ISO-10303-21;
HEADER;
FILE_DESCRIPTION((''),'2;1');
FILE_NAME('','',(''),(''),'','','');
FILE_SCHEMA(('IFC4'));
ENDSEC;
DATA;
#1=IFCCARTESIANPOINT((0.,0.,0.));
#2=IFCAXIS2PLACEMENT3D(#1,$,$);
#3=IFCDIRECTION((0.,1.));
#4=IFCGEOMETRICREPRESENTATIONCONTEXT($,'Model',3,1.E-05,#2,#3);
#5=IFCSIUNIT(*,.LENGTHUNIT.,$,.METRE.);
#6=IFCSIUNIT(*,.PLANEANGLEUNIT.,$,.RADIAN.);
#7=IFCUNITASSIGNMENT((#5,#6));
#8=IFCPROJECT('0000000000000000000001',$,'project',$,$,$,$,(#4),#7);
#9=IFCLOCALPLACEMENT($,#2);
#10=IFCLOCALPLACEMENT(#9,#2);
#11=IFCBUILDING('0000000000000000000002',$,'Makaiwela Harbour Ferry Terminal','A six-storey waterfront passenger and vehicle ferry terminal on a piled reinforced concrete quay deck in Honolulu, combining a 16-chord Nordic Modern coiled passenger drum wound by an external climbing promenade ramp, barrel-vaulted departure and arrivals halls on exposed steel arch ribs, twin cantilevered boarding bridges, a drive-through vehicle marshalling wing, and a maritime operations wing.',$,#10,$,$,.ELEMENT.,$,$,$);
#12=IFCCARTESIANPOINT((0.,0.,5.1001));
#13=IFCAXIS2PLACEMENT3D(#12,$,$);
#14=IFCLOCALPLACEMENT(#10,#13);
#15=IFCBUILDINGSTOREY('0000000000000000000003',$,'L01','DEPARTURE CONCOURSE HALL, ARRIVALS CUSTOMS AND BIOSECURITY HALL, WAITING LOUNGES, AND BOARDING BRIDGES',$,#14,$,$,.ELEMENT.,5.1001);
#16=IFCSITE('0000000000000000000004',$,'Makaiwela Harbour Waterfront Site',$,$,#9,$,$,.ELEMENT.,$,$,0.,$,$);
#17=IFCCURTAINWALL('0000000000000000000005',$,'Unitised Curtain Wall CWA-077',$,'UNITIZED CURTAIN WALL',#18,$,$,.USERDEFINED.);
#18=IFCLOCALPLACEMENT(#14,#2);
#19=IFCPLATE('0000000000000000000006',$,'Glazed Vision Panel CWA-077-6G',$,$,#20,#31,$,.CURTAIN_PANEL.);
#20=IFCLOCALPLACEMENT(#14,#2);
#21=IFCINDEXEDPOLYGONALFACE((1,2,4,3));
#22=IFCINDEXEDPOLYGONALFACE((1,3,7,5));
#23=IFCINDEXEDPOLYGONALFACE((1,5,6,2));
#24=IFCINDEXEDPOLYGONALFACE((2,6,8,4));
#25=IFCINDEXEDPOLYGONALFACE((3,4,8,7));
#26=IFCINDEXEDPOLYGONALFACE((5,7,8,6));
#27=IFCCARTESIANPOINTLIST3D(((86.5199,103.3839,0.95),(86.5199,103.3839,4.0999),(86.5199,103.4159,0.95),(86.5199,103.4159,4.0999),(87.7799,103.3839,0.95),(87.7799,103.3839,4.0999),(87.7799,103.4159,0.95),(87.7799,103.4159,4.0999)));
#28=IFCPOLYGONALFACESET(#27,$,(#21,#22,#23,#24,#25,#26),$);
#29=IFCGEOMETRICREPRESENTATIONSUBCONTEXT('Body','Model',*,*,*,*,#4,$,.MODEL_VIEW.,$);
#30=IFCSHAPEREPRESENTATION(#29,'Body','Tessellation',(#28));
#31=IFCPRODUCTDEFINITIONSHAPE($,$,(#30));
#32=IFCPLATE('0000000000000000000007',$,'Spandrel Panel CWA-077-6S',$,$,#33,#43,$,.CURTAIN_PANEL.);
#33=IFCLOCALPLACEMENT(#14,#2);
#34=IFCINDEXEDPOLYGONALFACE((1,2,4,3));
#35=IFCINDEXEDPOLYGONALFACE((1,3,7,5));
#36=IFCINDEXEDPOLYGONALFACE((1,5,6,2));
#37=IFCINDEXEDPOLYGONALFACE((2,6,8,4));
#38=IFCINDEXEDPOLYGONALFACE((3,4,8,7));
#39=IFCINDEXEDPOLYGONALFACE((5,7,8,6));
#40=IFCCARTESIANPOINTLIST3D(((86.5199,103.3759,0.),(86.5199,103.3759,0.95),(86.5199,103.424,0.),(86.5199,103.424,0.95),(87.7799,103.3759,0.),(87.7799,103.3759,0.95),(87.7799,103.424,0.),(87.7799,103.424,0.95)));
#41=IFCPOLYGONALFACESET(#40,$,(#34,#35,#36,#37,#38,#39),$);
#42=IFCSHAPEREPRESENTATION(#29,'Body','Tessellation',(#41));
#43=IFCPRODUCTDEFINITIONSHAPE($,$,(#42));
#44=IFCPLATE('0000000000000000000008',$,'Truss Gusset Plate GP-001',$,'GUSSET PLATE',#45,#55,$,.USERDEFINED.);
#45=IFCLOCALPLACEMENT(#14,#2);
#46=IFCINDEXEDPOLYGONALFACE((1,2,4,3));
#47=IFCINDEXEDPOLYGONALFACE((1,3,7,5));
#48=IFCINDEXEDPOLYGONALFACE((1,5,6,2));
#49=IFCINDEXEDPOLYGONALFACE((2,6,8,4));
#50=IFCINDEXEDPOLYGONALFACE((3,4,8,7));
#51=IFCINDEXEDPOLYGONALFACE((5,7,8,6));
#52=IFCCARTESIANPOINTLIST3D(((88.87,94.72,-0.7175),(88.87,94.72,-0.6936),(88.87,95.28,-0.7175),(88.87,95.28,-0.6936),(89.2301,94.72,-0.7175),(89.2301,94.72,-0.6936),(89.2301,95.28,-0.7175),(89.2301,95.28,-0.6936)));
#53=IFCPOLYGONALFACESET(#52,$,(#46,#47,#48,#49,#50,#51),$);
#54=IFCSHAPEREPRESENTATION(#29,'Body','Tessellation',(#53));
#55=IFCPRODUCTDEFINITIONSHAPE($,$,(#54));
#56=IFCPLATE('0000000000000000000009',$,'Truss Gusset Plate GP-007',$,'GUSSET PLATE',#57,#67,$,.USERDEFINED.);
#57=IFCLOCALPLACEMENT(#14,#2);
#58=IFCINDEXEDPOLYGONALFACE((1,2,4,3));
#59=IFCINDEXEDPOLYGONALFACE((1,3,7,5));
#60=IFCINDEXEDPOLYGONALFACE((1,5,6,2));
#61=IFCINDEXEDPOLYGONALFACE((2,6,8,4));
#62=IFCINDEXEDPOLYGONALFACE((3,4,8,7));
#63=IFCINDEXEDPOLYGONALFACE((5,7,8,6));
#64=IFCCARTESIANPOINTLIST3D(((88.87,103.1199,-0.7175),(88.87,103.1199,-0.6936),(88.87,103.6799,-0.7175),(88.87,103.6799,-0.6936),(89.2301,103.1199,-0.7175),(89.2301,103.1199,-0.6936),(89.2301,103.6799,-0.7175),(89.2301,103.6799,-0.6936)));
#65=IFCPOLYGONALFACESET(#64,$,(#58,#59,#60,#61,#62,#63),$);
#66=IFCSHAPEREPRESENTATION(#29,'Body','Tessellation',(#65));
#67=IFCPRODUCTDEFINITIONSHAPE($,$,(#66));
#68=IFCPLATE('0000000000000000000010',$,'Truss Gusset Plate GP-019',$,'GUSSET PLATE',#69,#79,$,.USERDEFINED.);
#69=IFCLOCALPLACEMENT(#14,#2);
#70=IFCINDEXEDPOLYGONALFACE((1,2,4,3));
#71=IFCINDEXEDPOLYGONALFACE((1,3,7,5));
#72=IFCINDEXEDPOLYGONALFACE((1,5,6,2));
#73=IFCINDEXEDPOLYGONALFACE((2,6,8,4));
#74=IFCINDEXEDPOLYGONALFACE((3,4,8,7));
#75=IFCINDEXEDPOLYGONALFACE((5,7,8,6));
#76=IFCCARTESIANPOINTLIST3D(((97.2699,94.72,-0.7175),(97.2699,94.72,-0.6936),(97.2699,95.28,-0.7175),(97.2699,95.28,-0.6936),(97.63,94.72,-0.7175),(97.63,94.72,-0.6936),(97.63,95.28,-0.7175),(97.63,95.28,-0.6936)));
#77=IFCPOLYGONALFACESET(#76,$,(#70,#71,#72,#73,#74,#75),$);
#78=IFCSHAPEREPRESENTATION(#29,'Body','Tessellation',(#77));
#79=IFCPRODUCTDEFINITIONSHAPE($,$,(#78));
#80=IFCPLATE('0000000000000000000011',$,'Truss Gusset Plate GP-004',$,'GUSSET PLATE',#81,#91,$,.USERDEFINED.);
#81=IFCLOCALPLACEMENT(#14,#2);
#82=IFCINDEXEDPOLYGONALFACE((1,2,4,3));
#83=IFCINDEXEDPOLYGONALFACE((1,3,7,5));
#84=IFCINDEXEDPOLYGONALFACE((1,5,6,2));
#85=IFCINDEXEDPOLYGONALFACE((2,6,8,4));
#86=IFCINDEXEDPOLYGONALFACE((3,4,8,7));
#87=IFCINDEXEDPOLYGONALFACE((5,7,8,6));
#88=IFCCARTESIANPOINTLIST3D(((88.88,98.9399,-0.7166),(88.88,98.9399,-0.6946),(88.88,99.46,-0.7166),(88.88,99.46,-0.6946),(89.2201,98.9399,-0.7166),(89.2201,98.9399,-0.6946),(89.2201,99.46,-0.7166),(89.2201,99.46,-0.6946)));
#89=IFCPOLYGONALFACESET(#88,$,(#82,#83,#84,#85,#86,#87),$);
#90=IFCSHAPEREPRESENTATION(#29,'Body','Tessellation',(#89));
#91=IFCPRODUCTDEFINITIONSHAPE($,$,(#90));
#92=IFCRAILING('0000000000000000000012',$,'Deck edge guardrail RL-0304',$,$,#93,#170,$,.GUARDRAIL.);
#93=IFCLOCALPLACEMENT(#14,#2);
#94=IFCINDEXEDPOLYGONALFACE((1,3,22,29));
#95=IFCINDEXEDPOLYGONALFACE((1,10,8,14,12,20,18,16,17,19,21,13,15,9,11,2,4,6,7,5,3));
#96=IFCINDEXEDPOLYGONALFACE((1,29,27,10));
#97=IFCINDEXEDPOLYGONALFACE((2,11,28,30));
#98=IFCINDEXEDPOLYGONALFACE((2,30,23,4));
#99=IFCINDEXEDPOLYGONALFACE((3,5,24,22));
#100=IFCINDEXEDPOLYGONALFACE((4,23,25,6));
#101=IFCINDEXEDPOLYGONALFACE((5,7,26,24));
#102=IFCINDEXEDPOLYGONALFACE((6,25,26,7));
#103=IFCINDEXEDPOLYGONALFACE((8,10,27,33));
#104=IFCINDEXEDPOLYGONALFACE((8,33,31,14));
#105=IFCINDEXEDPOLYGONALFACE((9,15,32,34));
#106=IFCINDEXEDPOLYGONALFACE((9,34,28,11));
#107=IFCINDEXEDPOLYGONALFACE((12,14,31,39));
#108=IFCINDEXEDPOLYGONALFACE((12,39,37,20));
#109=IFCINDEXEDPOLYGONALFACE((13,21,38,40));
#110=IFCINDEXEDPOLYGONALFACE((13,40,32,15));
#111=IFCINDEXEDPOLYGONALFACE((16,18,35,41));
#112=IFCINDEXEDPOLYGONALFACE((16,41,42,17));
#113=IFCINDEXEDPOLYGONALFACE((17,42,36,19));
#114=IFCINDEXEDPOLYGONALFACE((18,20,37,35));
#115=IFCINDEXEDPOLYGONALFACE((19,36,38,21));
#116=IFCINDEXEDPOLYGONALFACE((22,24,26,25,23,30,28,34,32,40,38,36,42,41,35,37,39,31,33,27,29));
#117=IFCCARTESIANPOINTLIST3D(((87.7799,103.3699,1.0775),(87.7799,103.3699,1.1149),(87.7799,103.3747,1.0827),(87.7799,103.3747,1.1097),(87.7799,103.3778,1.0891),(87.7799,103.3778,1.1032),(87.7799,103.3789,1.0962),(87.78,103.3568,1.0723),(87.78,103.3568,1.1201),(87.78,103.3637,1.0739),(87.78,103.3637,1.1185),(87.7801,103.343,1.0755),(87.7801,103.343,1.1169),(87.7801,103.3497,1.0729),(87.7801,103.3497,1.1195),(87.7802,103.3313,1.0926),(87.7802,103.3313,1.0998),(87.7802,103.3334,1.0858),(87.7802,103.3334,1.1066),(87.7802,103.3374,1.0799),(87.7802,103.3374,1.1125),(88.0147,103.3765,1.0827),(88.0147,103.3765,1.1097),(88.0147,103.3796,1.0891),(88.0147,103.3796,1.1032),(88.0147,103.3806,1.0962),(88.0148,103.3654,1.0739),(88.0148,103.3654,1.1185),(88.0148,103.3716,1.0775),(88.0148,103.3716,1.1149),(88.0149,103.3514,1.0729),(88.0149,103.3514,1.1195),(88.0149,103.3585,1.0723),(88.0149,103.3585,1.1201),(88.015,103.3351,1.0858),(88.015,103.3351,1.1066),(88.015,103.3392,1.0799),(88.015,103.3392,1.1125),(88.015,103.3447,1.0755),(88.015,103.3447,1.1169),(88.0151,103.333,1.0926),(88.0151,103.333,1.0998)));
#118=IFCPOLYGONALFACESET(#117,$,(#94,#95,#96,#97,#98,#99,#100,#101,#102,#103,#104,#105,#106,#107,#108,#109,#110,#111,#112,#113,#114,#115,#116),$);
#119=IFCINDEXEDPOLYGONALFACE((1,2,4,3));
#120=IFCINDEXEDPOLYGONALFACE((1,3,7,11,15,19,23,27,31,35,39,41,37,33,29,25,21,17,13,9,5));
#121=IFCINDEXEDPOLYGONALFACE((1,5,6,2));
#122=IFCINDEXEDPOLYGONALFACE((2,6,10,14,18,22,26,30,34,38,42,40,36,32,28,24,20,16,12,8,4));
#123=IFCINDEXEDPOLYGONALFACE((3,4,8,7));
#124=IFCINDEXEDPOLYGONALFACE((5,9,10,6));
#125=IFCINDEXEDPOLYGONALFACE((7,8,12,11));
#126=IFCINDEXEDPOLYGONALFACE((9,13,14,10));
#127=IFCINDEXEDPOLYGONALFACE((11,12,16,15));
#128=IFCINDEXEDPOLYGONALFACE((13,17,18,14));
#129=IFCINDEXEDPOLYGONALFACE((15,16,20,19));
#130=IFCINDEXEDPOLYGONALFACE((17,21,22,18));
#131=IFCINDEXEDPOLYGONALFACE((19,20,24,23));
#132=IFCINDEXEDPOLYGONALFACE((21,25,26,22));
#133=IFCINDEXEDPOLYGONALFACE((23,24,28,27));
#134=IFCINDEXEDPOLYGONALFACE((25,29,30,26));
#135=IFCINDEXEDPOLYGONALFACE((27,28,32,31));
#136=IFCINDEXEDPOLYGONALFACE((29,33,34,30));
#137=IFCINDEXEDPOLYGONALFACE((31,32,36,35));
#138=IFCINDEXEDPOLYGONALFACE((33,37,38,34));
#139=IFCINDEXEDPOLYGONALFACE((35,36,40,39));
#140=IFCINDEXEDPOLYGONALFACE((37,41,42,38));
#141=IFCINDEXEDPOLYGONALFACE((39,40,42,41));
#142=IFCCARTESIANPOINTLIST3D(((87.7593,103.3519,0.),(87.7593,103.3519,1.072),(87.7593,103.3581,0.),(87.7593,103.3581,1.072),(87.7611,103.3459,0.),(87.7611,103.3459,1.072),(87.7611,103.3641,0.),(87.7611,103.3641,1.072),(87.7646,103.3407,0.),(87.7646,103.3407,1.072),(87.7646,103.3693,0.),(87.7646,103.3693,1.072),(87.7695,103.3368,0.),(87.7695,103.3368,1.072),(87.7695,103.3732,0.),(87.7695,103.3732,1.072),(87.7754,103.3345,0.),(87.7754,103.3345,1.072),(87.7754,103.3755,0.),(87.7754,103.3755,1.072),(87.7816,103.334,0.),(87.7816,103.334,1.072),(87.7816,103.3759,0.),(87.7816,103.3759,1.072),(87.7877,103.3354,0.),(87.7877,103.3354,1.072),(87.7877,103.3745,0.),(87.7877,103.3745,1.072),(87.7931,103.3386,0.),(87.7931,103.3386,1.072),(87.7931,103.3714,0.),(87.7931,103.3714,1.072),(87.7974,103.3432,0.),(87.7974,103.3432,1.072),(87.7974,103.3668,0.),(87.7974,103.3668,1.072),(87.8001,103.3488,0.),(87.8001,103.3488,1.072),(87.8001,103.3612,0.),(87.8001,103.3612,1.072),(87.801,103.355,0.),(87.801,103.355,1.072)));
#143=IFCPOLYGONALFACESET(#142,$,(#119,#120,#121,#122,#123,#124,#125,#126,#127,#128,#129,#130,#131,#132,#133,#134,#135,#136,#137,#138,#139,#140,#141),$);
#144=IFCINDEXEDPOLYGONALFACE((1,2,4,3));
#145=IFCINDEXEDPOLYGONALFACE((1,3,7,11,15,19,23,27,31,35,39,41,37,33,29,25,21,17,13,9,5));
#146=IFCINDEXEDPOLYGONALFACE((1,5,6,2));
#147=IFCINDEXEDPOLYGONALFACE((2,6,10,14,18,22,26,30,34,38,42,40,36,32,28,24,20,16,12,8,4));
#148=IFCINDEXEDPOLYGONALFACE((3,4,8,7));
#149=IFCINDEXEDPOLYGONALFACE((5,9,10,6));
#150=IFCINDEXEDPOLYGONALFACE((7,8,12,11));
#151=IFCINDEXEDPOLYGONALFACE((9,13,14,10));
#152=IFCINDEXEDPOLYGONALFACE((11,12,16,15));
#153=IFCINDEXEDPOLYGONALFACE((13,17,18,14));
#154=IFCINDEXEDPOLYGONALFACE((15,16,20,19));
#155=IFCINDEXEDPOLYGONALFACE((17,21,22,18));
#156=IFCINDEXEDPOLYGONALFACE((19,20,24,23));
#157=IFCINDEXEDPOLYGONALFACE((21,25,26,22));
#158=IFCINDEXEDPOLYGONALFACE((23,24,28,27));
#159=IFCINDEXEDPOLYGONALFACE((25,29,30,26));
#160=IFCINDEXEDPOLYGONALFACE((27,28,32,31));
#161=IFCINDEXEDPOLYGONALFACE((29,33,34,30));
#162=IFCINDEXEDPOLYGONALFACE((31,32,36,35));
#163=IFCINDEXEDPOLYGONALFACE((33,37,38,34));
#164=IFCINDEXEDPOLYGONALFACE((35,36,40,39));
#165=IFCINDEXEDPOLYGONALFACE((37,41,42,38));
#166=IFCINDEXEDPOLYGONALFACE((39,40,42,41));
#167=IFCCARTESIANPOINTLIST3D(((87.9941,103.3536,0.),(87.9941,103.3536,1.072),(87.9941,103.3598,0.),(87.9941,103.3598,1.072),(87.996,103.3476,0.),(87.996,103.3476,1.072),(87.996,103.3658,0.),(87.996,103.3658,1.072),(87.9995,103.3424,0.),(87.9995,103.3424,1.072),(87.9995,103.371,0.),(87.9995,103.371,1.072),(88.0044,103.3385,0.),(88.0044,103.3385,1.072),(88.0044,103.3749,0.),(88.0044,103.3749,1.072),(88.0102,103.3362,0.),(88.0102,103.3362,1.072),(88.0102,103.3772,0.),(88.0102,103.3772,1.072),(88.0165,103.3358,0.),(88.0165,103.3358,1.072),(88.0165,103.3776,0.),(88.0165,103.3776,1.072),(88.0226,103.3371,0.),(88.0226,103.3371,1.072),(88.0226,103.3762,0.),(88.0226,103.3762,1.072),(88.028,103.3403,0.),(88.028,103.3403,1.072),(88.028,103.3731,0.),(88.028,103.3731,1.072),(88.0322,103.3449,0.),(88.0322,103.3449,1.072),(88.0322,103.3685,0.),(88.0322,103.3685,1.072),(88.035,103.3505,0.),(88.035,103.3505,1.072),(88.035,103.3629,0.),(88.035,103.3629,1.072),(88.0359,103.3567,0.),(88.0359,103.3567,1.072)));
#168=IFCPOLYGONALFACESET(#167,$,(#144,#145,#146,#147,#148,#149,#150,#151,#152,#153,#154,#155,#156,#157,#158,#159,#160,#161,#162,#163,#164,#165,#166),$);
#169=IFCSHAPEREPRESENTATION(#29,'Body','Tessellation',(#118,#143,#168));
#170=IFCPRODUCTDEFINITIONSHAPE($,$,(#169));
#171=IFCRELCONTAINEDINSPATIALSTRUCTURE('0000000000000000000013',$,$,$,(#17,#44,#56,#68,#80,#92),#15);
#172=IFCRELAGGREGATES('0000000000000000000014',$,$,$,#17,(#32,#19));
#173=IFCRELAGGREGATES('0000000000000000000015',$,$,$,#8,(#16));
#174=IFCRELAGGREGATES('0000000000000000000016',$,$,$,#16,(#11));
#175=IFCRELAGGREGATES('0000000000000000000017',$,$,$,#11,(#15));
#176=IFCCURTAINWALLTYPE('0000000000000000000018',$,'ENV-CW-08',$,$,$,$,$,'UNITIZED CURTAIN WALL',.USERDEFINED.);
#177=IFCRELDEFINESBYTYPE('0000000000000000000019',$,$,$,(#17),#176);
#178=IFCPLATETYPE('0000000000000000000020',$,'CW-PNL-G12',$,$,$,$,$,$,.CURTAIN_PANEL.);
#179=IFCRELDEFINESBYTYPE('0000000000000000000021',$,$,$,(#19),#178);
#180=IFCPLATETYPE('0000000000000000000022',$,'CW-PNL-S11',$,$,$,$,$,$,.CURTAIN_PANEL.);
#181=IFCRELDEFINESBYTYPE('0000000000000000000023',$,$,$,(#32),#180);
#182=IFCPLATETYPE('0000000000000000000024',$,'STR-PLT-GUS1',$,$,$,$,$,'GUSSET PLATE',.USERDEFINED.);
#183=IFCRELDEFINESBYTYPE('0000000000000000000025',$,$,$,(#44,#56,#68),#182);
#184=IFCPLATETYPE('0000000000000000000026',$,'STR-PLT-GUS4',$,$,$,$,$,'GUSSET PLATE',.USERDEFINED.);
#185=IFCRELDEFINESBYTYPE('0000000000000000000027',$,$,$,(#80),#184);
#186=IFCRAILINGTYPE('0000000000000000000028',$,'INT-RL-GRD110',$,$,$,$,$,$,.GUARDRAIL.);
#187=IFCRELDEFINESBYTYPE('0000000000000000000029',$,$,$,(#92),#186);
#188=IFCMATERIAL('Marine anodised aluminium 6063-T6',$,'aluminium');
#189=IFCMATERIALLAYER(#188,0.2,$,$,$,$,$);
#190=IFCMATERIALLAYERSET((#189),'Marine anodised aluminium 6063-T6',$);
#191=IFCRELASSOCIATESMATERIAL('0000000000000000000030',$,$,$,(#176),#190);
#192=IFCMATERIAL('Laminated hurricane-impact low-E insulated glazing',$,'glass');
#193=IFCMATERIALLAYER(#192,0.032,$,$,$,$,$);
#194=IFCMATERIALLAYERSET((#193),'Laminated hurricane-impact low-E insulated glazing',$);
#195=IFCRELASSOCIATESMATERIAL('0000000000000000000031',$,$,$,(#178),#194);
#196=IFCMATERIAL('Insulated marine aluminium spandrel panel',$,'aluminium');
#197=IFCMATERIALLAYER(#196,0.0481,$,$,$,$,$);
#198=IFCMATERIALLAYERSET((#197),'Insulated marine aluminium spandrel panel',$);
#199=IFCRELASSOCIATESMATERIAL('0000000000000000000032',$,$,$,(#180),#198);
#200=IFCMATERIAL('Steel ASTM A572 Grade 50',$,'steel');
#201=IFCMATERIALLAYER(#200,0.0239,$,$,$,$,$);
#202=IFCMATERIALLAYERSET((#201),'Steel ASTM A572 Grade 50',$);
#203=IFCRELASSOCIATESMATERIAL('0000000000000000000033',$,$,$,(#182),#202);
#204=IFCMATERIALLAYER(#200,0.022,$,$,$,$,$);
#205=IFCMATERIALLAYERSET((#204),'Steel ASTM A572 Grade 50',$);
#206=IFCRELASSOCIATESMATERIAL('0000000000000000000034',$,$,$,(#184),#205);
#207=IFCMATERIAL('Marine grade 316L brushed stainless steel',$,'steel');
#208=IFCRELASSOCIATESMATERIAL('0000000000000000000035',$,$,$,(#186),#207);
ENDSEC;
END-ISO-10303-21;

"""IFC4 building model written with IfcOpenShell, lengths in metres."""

from ifc_helpers import new_model, si_unit, direction, frame, origin, origin_2d, place, context, subcontext, project, spatial, rectangle, circle, extrude, material, layer, layer_set, type_object, element, aggregate, save


model = new_model("IFC4")

# Units and contexts
model_context = context("Model", 3, precision=1e-05, world=origin(), true_north=direction((0.0, 1.0)))
body_context = subcontext(model_context, "Body", "Model", "MODEL_VIEW")
ifc_project = project(units=[si_unit("LENGTHUNIT", "METRE"), si_unit("PLANEANGLEUNIT", "RADIAN")], contexts=[model_context])

# Site, building, storey
site_placement = place(None, origin())
site = spatial("IfcSite", under=ifc_project, at=site_placement, Name="Makaiwela Harbour Waterfront Site", CompositionType="ELEMENT", RefElevation=0.0)
building_placement = place(site_placement, origin())
building = spatial("IfcBuilding", under=site, at=building_placement, Name="Makaiwela Harbour Ferry Terminal", Description="A six-storey waterfront passenger and vehicle ferry terminal on a piled reinforced concrete quay deck in Honolulu, combining a 16-chord Nordic Modern coiled passenger drum wound by an external climbing promenade ramp, barrel-vaulted departure and arrivals halls on exposed steel arch ribs, twin cantilevered boarding bridges, a drive-through vehicle marshalling wing, and a maritime operations wing.", CompositionType="ELEMENT")
storey_placement = place(building_placement, frame((0.0, 0.0, 5.1001)))
storey = spatial("IfcBuildingStorey", under=building, at=storey_placement, Name="L01", Description="DEPARTURE CONCOURSE HALL, ARRIVALS CUSTOMS AND BIOSECURITY HALL, WAITING LOUNGES, AND BOARDING BRIDGES", CompositionType="ELEMENT", Elevation=5.1001)

# Curtain wall
ifc_material_1 = material(Name="Marine anodised aluminium 6063-T6", Category="aluminium")
ifc_layer_1 = layer(ifc_material_1, 0.2)
ifc_layer_set_1 = layer_set([ifc_layer_1], Name="Marine anodised aluminium 6063-T6")
curtain_wall_type = type_object("IfcCurtainWallType", Name="ENV-CW-08", ElementType="UNITIZED CURTAIN WALL", PredefinedType="USERDEFINED", material=ifc_layer_set_1)
curtain_wall_placement = place(storey_placement, origin())
curtain_wall = element("IfcCurtainWall", 1, at=curtain_wall_placement, inside=storey, type_object=curtain_wall_type, Name="Unitised Curtain Wall CWA-077", ObjectType="UNITIZED CURTAIN WALL", PredefinedType="USERDEFINED")

# Plates
ifc_material_2 = material(Name="Laminated hurricane-impact low-E insulated glazing", Category="glass")
ifc_layer_2 = layer(ifc_material_2, 0.032)
ifc_layer_set_2 = layer_set([ifc_layer_2], Name="Laminated hurricane-impact low-E insulated glazing")
plate_type_1 = type_object("IfcPlateType", Name="CW-PNL-G12", PredefinedType="CURTAIN_PANEL", material=ifc_layer_set_2)
plate_1_placement = place(storey_placement, frame((87.1499, 103.3999, 0.95), z_axis=(0.0, 0.0, 1.0), x_axis=(1.0, 0.0, 0.0)))
plate_1 = element("IfcPlate", 2, at=plate_1_placement, type_object=plate_type_1, Name="Glazed Vision Panel CWA-077-6G", PredefinedType="CURTAIN_PANEL", context=body_context, shape_type="SweptSolid", body=[
    extrude(rectangle(XDim=1.26, YDim=0.032, at=origin_2d()), origin(), (0.0, 0.0, 1.0), 3.1499),
])
ifc_material_3 = material(Name="Insulated marine aluminium spandrel panel", Category="aluminium")
ifc_layer_3 = layer(ifc_material_3, 0.0481)
ifc_layer_set_3 = layer_set([ifc_layer_3], Name="Insulated marine aluminium spandrel panel")
plate_type_2 = type_object("IfcPlateType", Name="CW-PNL-S11", PredefinedType="CURTAIN_PANEL", material=ifc_layer_set_3)
plate_2_placement = place(storey_placement, frame((87.1499, 103.3999, 0.0), z_axis=(0.0, 0.0, 1.0), x_axis=(1.0, 0.0, 0.0)))
plate_2 = element("IfcPlate", 3, at=plate_2_placement, type_object=plate_type_2, Name="Spandrel Panel CWA-077-6S", PredefinedType="CURTAIN_PANEL", context=body_context, shape_type="SweptSolid", body=[
    extrude(rectangle(XDim=1.26, YDim=0.0481, at=origin_2d()), origin(), (0.0, 0.0, 1.0), 0.95),
])
aggregate(curtain_wall, [plate_2, plate_1])

# Plates
ifc_material_4 = material(Name="Steel ASTM A572 Grade 50", Category="steel")
ifc_layer_4 = layer(ifc_material_4, 0.0239)
ifc_layer_set_4 = layer_set([ifc_layer_4], Name="Steel ASTM A572 Grade 50")
plate_type_3 = type_object("IfcPlateType", Name="STR-PLT-GUS1", ElementType="GUSSET PLATE", PredefinedType="USERDEFINED", material=ifc_layer_set_4)
for number, where, z_axis, x_axis, name in (
    (4, (89.05, 95.0, -0.7175), (0.0, 0.0, 1.0), (0.0, 1.0, 0.0), "Truss Gusset Plate GP-001"),
    (5, (89.05, 103.3999, -0.7175), (0.0, 0.0, 1.0), (0.0, 1.0, 0.0), "Truss Gusset Plate GP-007"),
    (6, (97.45, 95.0, -0.7175), (0.0, 0.0, 1.0), (0.0, 1.0, 0.0), "Truss Gusset Plate GP-019"),
):
    element("IfcPlate", number, at=place(storey_placement, frame(where, z_axis=z_axis, x_axis=x_axis)), inside=storey, type_object=plate_type_3, Name=name, ObjectType="GUSSET PLATE", PredefinedType="USERDEFINED", context=body_context, shape_type="SweptSolid", body=[
        extrude(rectangle(XDim=0.5601, YDim=0.3601, at=origin_2d()), origin(), (0.0, 0.0, 1.0), 0.0239),
    ])
ifc_layer_5 = layer(ifc_material_4, 0.022)
ifc_layer_set_5 = layer_set([ifc_layer_5], Name="Steel ASTM A572 Grade 50")
plate_type_4 = type_object("IfcPlateType", Name="STR-PLT-GUS4", ElementType="GUSSET PLATE", PredefinedType="USERDEFINED", material=ifc_layer_set_5)
plate_3_placement = place(storey_placement, frame((89.05, 99.2, -0.7166), z_axis=(0.0, 0.0, 1.0), x_axis=(0.0, 1.0, 0.0)))
element("IfcPlate", 7, at=plate_3_placement, inside=storey, type_object=plate_type_4, Name="Truss Gusset Plate GP-004", ObjectType="GUSSET PLATE", PredefinedType="USERDEFINED", context=body_context, shape_type="SweptSolid", body=[
    extrude(rectangle(XDim=0.52, YDim=0.3401, at=origin_2d()), origin(), (0.0, 0.0, 1.0), 0.022),
])

# Railing
ifc_material_5 = material(Name="Marine grade 316L brushed stainless steel", Category="steel")
railing_type = type_object("IfcRailingType", Name="INT-RL-GRD110", PredefinedType="GUARDRAIL", material=ifc_material_5)
railing_placement = place(storey_placement, frame((87.78, 103.355, 0.0)))
element("IfcRailing", 8, at=railing_placement, inside=storey, type_object=railing_type, Name="Deck edge guardrail RL-0304", PredefinedType="GUARDRAIL", context=body_context, shape_type="SweptSolid", body=[
    extrude(circle(Radius=0.0239, at=origin_2d()), frame((0.0, 0.0, 1.0962), z_axis=(0.999974, 0.007276, 0.0), x_axis=(-0.007276, 0.999974, 0.0)), (0.0, 0.0, 1.0), 0.2349),
    extrude(circle(Radius=0.021, at=origin_2d()), origin(), (0.0, 0.0, 1.0), 1.072),
    extrude(circle(Radius=0.021, at=origin_2d()), frame((0.2349, 0.0017, 0.0)), (0.0, 0.0, 1.0), 1.072),
])

save(model, "model.ifc")
